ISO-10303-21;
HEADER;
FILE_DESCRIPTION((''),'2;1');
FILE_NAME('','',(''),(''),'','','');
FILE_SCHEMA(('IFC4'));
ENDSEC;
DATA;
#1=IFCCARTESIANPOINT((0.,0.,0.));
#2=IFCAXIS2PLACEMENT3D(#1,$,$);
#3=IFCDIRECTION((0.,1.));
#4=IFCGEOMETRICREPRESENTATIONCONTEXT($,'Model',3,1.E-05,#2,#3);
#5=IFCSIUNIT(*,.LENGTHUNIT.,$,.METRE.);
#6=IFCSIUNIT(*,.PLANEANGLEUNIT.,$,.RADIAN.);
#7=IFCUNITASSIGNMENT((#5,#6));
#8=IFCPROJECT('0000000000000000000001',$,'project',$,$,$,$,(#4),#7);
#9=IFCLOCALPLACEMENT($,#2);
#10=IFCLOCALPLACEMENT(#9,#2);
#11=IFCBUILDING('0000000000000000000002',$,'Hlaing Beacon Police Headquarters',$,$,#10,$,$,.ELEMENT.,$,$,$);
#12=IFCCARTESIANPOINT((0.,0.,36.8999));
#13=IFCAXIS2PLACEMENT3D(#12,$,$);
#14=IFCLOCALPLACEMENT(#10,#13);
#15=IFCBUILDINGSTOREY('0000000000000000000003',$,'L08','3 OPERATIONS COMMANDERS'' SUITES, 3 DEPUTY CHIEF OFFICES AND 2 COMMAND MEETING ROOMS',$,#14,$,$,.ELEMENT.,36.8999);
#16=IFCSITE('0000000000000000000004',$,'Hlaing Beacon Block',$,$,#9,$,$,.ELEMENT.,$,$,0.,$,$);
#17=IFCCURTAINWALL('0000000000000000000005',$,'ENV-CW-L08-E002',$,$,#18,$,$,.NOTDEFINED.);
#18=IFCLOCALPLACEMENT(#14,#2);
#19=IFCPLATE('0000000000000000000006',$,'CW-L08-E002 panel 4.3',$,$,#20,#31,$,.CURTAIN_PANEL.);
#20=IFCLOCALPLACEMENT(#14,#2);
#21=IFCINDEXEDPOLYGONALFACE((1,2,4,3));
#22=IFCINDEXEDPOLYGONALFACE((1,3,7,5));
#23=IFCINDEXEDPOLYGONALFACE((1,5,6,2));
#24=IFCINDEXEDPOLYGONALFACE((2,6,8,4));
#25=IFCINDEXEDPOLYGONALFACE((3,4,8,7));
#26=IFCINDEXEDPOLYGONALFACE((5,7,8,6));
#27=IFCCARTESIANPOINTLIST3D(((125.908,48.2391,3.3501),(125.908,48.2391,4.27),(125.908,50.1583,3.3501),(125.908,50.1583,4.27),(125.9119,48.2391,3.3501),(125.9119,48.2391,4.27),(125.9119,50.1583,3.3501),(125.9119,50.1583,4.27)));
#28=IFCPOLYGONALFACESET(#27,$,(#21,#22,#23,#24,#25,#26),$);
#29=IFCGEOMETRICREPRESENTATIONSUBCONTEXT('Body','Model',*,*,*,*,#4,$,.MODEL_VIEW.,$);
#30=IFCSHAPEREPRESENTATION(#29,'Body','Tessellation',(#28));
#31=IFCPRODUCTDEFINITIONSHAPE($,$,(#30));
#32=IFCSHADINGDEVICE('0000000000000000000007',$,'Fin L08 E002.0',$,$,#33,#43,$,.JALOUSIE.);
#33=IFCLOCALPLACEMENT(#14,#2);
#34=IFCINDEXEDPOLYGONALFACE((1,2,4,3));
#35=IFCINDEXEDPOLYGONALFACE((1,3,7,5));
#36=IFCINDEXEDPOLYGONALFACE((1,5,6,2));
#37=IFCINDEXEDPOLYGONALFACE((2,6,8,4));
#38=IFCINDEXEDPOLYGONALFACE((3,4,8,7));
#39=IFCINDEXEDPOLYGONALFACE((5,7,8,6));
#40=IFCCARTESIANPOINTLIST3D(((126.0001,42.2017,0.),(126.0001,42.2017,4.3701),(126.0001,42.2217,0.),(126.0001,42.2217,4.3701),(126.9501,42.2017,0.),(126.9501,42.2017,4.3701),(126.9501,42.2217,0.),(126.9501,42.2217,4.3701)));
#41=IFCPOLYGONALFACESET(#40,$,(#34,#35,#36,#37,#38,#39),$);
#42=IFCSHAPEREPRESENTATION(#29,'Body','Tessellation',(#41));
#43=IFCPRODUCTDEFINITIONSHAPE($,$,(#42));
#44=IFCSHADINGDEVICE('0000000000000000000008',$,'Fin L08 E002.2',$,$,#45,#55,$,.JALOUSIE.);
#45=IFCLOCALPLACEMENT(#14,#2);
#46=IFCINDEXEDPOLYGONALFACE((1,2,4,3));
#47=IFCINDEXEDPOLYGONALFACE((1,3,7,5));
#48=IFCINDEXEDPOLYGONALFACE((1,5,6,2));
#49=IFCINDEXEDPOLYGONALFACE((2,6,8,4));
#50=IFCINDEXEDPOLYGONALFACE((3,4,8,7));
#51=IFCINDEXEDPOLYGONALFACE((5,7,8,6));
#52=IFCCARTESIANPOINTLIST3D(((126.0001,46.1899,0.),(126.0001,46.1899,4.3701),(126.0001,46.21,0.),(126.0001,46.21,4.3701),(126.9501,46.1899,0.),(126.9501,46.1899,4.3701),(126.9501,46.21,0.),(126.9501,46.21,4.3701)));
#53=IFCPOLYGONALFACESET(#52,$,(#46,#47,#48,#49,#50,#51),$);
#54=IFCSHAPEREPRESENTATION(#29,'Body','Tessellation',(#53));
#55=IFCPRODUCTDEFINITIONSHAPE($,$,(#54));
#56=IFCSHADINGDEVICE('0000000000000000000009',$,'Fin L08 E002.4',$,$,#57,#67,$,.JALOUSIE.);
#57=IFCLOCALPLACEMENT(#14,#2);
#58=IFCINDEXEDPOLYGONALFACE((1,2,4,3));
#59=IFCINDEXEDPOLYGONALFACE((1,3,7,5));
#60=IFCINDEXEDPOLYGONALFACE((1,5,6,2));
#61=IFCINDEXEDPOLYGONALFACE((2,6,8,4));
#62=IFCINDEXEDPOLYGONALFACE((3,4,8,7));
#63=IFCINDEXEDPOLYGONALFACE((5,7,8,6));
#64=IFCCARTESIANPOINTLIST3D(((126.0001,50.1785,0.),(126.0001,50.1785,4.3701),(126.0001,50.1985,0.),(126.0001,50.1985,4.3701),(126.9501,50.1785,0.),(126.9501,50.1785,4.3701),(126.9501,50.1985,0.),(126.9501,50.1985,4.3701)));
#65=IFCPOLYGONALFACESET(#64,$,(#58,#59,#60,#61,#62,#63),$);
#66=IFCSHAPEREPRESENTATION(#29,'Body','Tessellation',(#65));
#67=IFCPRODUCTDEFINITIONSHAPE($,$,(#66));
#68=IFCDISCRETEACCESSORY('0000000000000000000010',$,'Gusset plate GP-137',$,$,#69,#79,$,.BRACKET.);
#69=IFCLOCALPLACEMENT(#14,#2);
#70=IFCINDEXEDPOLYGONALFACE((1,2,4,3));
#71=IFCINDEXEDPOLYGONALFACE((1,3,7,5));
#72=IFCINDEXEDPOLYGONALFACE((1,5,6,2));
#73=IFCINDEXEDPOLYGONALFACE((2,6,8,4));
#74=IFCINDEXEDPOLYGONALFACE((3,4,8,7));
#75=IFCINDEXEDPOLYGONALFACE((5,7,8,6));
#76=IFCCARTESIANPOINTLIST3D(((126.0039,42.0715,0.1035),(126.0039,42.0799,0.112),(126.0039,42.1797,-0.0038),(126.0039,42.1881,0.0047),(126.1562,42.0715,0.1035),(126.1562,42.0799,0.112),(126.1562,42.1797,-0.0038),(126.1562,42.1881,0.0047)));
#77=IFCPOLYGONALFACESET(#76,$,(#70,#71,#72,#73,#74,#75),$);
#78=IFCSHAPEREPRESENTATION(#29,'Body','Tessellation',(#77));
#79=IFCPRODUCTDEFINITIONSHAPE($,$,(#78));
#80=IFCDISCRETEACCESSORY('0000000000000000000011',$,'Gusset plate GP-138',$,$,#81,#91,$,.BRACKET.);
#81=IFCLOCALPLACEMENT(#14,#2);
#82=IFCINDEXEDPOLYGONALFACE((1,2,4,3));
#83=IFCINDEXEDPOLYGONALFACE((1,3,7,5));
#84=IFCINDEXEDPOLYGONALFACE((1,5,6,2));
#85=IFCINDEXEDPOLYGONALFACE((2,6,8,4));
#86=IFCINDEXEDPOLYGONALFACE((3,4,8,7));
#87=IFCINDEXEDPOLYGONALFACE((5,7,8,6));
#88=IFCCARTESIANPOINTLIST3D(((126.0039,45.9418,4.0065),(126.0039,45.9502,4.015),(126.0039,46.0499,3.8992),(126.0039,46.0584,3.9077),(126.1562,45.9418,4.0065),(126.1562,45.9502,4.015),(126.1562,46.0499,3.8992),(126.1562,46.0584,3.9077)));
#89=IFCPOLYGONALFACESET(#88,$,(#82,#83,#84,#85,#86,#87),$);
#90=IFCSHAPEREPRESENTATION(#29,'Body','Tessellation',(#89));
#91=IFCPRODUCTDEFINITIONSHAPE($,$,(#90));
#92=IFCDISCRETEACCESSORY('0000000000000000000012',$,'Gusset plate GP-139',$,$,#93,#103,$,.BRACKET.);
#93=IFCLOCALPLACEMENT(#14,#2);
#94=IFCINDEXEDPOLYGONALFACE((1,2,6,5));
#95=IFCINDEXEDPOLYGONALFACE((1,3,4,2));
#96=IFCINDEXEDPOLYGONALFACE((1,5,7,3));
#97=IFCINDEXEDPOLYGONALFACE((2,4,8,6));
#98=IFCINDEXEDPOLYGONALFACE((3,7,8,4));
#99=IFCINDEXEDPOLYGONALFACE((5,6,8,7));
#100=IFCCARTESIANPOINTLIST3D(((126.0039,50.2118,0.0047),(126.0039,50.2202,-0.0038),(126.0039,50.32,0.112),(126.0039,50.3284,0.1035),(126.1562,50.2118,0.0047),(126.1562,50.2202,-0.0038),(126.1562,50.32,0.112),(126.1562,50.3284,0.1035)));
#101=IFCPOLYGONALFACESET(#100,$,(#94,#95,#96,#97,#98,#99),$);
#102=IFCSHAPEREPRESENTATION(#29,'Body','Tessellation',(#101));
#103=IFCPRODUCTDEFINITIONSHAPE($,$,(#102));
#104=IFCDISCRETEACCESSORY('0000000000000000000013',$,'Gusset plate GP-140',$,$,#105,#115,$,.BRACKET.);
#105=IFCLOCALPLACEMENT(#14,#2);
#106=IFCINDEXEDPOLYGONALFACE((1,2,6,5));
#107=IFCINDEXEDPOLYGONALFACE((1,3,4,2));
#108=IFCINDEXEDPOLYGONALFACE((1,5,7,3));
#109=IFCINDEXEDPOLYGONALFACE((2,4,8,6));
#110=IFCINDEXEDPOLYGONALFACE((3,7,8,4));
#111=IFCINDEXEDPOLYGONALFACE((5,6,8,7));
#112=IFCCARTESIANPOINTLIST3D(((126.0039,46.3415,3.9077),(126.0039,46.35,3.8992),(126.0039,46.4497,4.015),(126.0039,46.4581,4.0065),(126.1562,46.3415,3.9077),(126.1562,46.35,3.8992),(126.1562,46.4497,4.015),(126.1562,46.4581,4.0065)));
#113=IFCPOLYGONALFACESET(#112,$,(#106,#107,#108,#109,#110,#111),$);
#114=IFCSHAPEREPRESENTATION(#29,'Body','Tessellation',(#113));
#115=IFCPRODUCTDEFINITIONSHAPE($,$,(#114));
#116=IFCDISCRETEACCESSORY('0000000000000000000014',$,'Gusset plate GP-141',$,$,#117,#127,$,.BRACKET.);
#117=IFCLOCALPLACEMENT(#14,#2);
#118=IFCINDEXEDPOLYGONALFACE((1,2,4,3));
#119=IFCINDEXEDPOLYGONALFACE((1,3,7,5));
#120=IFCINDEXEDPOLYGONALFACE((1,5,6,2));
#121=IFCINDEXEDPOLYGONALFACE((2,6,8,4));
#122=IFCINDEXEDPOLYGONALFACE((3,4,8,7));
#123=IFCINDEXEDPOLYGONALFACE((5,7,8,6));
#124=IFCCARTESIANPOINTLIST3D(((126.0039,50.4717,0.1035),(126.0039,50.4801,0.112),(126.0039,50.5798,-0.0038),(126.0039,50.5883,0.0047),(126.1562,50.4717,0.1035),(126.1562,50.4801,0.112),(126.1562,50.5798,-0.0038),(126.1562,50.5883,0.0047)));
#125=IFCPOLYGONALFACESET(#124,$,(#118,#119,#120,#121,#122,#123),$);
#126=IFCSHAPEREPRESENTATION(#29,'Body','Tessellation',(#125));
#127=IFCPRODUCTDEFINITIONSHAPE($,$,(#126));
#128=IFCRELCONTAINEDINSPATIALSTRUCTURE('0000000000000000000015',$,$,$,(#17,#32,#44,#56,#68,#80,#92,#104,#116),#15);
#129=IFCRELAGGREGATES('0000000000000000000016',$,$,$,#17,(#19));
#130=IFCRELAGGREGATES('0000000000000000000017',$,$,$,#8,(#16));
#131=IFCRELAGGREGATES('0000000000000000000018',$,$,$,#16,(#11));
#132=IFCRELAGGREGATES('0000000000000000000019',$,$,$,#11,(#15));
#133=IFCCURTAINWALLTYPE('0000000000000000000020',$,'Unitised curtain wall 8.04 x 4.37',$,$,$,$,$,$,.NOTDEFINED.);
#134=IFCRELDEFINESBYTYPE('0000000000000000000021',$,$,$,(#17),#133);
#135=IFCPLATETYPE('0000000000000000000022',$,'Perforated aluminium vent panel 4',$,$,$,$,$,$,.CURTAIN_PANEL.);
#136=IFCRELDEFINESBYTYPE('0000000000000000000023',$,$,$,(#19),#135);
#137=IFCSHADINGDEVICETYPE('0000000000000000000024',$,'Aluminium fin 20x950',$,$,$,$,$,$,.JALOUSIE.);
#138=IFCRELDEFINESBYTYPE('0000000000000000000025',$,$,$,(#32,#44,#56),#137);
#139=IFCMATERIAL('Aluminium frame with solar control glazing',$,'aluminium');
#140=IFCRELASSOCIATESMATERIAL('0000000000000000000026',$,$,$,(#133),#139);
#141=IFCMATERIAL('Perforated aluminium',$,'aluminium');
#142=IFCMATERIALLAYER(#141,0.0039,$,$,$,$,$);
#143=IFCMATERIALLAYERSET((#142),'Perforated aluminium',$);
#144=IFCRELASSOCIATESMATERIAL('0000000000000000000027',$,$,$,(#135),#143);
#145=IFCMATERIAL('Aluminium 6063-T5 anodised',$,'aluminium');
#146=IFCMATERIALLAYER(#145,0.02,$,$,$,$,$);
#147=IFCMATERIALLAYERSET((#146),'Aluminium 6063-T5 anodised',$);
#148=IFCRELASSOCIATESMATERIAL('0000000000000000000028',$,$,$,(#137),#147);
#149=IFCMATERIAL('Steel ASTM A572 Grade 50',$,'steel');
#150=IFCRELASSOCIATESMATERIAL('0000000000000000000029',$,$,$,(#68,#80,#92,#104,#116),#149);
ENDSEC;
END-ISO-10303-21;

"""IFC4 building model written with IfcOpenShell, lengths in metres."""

from ifc_helpers import new_model, si_unit, direction, frame, origin, origin_2d, place, context, subcontext, project, spatial, rectangle, extrude, material, layer, layer_set, type_object, element, aggregate, save


model = new_model("IFC4")

# Units and contexts
model_context = context("Model", 3, precision=1e-05, world=origin(), true_north=direction((0.0, 1.0)))
body_context = subcontext(model_context, "Body", "Model", "MODEL_VIEW")
ifc_project = project(units=[si_unit("LENGTHUNIT", "METRE"), si_unit("PLANEANGLEUNIT", "RADIAN")], contexts=[model_context])

# Site, building, storey
site_placement = place(None, origin())
site = spatial("IfcSite", under=ifc_project, at=site_placement, Name="Hlaing Beacon Block", CompositionType="ELEMENT", RefElevation=0.0)
building_placement = place(site_placement, origin())
building = spatial("IfcBuilding", under=site, at=building_placement, Name="Hlaing Beacon Police Headquarters", CompositionType="ELEMENT")
storey_placement = place(building_placement, frame((0.0, 0.0, 36.8999)))
storey = spatial("IfcBuildingStorey", under=building, at=storey_placement, Name="L08", Description="3 OPERATIONS COMMANDERS' SUITES, 3 DEPUTY CHIEF OFFICES AND 2 COMMAND MEETING ROOMS", CompositionType="ELEMENT", Elevation=36.8999)

# Curtain wall, plate
ifc_material_1 = material(Name="Aluminium frame with solar control glazing", Category="aluminium")
curtain_wall_type = type_object("IfcCurtainWallType", Name="Unitised curtain wall 8.04 x 4.37", PredefinedType="NOTDEFINED", material=ifc_material_1)
curtain_wall_placement = place(storey_placement, origin())
curtain_wall = element("IfcCurtainWall", 1, at=curtain_wall_placement, inside=storey, type_object=curtain_wall_type, Name="ENV-CW-L08-E002", PredefinedType="NOTDEFINED")
ifc_material_2 = material(Name="Perforated aluminium", Category="aluminium")
ifc_layer_1 = layer(ifc_material_2, 0.0039)
ifc_layer_set_1 = layer_set([ifc_layer_1], Name="Perforated aluminium")
plate_type_1 = type_object("IfcPlateType", Name="Perforated aluminium vent panel 4", PredefinedType="CURTAIN_PANEL", material=ifc_layer_set_1)
plate_1_placement = place(storey_placement, frame((125.9099, 49.1987, 3.3501), z_axis=(0.0, 0.0, 1.0), x_axis=(0.0, 1.0, 0.0)))
plate_1 = element("IfcPlate", 2, at=plate_1_placement, type_object=plate_type_1, Name="CW-L08-E002 panel 4.3", PredefinedType="CURTAIN_PANEL", context=body_context, shape_type="SweptSolid", body=[
    extrude(rectangle(XDim=1.9192, YDim=0.0039, at=origin_2d()), origin(), (0.0, 0.0, 1.0), 0.9199),
])
aggregate(curtain_wall, [plate_1])

# Shading devices
ifc_material_3 = material(Name="Aluminium 6063-T5 anodised", Category="aluminium")
ifc_layer_2 = layer(ifc_material_3, 0.02)
ifc_layer_set_2 = layer_set([ifc_layer_2], Name="Aluminium 6063-T5 anodised")
shading_device_type = type_object("IfcShadingDeviceType", Name="Aluminium fin 20x950", PredefinedType="JALOUSIE", material=ifc_layer_set_2)
for number, where, z_axis, x_axis, name in (
    (3, (126.4751, 42.2117, 0.0), (0.0, 0.0, 1.0), (0.0, 1.0, 0.0), "Fin L08 E002.0"),
    (4, (126.4751, 46.2, 0.0), (0.0, 0.0, 1.0), (0.0, 1.0, 0.0), "Fin L08 E002.2"),
    (5, (126.4751, 50.1885, 0.0), (0.0, 0.0, 1.0), (0.0, 1.0, 0.0), "Fin L08 E002.4"),
):
    element("IfcShadingDevice", number, at=place(storey_placement, frame(where, z_axis=z_axis, x_axis=x_axis)), inside=storey, type_object=shading_device_type, Name=name, PredefinedType="JALOUSIE", context=body_context, shape_type="SweptSolid", body=[
        extrude(rectangle(XDim=0.02, YDim=0.95, at=origin_2d()), origin(), (0.0, 0.0, 1.0), 4.3701),
    ])

# Discrete accessories
ifc_material_4 = material(Name="Steel ASTM A572 Grade 50", Category="steel")
for number, where, z_axis, x_axis, name in (
    (6, (126.0801, 42.134, 0.0583), (0.0, -0.704124, -0.710077), (1.0, 0.0, 0.0), "Gusset plate GP-137"),
    (7, (126.0801, 45.9958, 3.9529), (0.0, 0.704124, 0.710077), (-1.0, 0.0, 0.0), "Gusset plate GP-138"),
    (8, (126.0801, 50.2659, 0.0583), (0.0, 0.704124, -0.710077), (-1.0, 0.0, 0.0), "Gusset plate GP-139"),
    (9, (126.0801, 46.4041, 3.9529), (0.0, -0.704124, 0.710077), (1.0, 0.0, 0.0), "Gusset plate GP-140"),
    (10, (126.0801, 50.5342, 0.0583), (0.0, -0.704102, -0.710099), (1.0, 0.0, 0.0), "Gusset plate GP-141"),
):
    element("IfcDiscreteAccessory", number, at=place(storey_placement, frame(where, z_axis=z_axis, x_axis=x_axis)), inside=storey, material=ifc_material_4, Name=name, PredefinedType="BRACKET", context=body_context, shape_type="SweptSolid", body=[
        extrude(rectangle(XDim=0.1523, YDim=0.1523, at=origin_2d()), origin(), (0.0, 0.0, 1.0), 0.012),
    ])

save(model, "model.ifc")
